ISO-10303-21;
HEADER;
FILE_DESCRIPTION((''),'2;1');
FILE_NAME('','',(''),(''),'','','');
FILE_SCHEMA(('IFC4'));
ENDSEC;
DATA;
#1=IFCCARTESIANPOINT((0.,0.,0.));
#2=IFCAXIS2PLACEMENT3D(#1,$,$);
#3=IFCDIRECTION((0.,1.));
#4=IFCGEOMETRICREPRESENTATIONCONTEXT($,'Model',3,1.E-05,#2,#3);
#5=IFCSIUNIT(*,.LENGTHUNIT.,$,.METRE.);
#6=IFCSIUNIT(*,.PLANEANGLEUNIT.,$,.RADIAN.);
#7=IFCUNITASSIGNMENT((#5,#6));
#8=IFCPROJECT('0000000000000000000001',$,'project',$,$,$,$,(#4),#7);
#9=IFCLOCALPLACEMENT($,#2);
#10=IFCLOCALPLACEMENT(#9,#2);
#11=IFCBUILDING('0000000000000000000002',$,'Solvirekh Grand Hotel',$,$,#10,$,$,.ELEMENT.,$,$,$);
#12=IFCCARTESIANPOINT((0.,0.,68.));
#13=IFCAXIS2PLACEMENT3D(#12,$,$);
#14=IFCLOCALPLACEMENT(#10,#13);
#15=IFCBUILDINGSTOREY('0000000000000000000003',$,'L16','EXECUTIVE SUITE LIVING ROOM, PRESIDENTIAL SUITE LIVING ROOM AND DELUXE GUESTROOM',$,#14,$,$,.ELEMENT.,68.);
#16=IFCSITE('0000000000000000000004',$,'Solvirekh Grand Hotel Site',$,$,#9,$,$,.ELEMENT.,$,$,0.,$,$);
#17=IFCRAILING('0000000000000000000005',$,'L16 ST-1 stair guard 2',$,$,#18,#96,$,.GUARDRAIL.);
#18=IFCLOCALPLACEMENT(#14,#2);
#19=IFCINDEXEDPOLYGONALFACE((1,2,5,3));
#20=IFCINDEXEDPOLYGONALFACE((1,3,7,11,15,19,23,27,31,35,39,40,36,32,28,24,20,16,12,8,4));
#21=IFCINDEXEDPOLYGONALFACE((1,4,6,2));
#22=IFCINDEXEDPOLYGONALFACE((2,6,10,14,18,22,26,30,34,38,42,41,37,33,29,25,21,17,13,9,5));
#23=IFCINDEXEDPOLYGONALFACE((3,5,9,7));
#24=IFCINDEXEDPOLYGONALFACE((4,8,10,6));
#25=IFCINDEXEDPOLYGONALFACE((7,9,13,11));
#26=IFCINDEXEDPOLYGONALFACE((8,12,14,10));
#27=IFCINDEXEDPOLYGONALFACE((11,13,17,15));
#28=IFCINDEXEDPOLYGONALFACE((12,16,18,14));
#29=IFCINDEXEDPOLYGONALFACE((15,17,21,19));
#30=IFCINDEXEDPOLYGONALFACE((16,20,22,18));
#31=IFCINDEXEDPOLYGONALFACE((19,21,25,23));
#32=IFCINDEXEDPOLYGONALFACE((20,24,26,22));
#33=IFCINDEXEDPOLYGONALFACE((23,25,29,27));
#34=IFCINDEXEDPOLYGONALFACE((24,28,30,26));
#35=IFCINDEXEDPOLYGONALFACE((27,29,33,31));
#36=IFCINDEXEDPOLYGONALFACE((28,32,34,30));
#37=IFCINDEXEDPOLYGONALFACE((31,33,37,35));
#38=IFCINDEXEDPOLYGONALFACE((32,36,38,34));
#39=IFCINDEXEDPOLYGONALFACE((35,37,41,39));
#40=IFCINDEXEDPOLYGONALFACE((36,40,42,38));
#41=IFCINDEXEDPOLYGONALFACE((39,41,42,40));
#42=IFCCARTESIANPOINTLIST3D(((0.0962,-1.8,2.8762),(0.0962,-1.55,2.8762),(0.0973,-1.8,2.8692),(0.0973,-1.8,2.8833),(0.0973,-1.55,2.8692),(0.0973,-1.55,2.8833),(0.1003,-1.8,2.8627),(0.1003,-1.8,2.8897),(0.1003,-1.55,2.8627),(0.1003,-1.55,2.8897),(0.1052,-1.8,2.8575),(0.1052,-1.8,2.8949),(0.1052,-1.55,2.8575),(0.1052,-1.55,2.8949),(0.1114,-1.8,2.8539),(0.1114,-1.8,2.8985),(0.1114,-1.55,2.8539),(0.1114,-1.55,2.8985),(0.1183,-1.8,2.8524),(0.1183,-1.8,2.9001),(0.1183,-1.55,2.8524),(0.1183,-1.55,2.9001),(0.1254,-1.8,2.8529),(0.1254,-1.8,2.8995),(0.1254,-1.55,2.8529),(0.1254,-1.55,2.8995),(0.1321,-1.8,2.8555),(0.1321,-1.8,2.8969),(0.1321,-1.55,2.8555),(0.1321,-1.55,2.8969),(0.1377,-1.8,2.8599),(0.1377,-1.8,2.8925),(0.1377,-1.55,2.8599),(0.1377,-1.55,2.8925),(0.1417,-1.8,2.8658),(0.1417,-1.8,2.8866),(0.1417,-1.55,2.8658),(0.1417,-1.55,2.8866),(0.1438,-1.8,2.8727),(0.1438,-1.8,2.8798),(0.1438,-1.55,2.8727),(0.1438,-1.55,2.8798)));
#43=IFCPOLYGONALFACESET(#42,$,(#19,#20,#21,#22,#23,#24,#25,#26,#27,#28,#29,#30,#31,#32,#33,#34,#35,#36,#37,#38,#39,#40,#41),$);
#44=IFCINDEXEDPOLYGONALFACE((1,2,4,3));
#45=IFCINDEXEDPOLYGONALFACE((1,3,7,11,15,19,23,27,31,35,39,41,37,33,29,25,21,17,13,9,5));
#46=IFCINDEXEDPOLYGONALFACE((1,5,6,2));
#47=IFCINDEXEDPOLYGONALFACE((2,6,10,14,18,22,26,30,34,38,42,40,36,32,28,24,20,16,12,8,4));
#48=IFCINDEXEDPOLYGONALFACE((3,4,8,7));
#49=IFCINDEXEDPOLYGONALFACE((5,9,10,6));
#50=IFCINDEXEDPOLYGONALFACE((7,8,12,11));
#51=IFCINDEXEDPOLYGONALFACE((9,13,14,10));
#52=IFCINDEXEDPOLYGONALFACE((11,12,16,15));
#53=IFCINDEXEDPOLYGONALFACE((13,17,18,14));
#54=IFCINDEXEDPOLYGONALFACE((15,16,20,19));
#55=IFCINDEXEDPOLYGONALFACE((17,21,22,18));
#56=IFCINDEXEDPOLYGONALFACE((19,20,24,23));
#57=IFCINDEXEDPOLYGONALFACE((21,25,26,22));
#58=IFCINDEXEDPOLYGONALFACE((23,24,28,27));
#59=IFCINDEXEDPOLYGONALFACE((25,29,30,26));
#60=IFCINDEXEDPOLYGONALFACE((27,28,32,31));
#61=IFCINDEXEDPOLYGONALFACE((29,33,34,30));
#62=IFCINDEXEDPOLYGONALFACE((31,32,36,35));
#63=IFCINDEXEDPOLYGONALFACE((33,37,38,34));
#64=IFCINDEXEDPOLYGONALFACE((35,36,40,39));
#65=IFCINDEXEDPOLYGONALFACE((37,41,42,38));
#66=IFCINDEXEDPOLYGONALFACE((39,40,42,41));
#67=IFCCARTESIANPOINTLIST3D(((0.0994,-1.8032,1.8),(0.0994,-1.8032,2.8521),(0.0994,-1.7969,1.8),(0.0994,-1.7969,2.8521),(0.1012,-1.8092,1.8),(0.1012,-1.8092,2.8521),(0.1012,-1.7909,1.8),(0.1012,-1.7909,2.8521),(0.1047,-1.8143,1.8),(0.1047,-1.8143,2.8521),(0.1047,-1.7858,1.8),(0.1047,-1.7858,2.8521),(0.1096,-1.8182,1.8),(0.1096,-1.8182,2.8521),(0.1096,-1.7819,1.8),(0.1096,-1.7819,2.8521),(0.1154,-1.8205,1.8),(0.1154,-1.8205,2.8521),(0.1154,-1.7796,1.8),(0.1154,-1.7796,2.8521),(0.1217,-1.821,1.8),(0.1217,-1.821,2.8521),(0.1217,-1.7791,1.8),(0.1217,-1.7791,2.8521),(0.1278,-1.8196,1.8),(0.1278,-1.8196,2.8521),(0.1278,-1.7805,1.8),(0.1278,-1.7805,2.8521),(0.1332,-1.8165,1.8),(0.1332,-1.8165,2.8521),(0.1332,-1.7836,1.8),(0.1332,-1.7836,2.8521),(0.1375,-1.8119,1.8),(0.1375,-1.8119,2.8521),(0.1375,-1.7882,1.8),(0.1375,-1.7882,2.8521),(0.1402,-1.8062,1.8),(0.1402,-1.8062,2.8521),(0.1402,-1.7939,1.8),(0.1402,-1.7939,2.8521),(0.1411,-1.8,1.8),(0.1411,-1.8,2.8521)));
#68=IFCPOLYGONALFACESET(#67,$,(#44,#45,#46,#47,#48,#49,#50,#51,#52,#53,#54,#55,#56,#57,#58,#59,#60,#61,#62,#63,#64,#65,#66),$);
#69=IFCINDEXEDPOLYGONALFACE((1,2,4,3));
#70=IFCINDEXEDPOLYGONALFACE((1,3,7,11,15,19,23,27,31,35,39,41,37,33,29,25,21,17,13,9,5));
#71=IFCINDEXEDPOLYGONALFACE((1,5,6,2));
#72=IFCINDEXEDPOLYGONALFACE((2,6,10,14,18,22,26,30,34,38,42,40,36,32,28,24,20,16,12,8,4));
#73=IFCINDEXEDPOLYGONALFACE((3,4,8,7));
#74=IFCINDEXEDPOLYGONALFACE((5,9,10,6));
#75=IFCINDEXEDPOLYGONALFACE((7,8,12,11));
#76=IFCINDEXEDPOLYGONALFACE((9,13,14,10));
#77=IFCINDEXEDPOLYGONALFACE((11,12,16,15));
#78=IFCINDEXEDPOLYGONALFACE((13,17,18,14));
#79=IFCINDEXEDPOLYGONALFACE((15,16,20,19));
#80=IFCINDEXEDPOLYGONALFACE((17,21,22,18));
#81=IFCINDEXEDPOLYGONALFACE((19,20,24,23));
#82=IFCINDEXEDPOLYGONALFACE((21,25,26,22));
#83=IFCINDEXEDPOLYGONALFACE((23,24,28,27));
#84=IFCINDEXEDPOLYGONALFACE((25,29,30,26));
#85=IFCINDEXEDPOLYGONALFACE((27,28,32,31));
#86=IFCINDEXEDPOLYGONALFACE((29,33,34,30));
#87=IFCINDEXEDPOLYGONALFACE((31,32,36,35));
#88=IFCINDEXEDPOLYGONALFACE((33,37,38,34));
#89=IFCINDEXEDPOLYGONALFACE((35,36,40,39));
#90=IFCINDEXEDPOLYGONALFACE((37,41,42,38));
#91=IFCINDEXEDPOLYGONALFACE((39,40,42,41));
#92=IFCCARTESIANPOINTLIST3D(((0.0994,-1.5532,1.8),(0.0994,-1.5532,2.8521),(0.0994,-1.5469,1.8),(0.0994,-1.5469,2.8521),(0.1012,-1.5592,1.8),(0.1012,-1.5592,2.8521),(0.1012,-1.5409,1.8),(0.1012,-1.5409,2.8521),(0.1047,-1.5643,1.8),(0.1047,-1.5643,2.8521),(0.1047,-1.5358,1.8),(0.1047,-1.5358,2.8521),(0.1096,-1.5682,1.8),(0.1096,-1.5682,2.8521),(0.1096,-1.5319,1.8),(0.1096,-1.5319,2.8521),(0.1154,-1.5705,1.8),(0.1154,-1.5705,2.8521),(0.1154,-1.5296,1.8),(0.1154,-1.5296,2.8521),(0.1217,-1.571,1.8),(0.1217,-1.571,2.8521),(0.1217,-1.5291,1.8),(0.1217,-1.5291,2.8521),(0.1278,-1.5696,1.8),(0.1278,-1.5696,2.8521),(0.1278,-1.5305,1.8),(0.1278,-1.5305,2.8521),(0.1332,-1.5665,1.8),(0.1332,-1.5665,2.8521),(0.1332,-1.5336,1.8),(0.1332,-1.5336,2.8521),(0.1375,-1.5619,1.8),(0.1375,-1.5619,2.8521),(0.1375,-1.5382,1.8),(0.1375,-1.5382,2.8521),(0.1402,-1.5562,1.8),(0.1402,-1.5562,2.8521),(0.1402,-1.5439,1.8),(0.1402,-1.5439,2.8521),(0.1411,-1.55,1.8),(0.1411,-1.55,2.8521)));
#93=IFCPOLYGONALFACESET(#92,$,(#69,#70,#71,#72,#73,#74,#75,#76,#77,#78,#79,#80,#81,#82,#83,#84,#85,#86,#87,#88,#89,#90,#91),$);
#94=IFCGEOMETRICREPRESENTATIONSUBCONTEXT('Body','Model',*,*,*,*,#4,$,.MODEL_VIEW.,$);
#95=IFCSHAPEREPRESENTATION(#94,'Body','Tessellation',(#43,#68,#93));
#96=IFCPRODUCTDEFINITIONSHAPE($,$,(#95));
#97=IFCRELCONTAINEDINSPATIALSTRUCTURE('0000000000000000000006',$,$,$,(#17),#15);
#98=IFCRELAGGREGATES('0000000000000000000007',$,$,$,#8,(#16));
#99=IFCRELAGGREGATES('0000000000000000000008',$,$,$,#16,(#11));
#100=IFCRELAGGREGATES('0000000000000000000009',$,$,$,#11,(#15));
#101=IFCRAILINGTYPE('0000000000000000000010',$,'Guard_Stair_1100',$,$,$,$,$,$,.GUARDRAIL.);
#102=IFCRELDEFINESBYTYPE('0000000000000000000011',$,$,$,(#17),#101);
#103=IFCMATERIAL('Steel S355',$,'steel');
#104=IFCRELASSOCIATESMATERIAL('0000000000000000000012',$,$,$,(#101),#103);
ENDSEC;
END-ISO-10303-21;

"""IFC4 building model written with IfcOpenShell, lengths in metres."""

from ifc_helpers import new_model, si_unit, direction, frame, origin, origin_2d, place, context, subcontext, project, spatial, circle, extrude, material, type_object, element, save


model = new_model("IFC4")

# Units and contexts
model_context = context("Model", 3, precision=1e-05, world=origin(), true_north=direction((0.0, 1.0)))
body_context = subcontext(model_context, "Body", "Model", "MODEL_VIEW")
ifc_project = project(units=[si_unit("LENGTHUNIT", "METRE"), si_unit("PLANEANGLEUNIT", "RADIAN")], contexts=[model_context])

# Site, building, storey
site_placement = place(None, origin())
site = spatial("IfcSite", under=ifc_project, at=site_placement, Name="Solvirekh Grand Hotel Site", CompositionType="ELEMENT", RefElevation=0.0)
building_placement = place(site_placement, origin())
building = spatial("IfcBuilding", under=site, at=building_placement, Name="Solvirekh Grand Hotel", CompositionType="ELEMENT")
storey_placement = place(building_placement, frame((0.0, 0.0, 68.0)))
storey = spatial("IfcBuildingStorey", under=building, at=storey_placement, Name="L16", Description="EXECUTIVE SUITE LIVING ROOM, PRESIDENTIAL SUITE LIVING ROOM AND DELUXE GUESTROOM", CompositionType="ELEMENT", Elevation=68.0)

# Shared definitions
ifc_material_1 = material(Name="Steel S355", Category="steel")

# Railing
railing_type_1 = type_object("IfcRailingType", Name="Guard_Stair_1100", PredefinedType="GUARDRAIL", material=ifc_material_1)
railing_1_placement = place(storey_placement, frame((0.1201, -1.8, 1.8)))
element("IfcRailing", 1, at=railing_1_placement, inside=storey, type_object=railing_type_1, Name="L16 ST-1 stair guard 2", PredefinedType="GUARDRAIL", context=body_context, shape_type="SweptSolid", body=[
    extrude(circle(Radius=0.0239, at=origin_2d()), frame((0.0, 0.0, 1.0762), z_axis=(0.0, 1.0, 0.0), x_axis=(-1.0, 0.0, 0.0)), (0.0, 0.0, 1.0), 0.25),
    extrude(circle(Radius=0.021, at=origin_2d()), origin(), (0.0, 0.0, 1.0), 1.052),
    extrude(circle(Radius=0.021, at=origin_2d()), frame((0.0, 0.25, 0.0)), (0.0, 0.0, 1.0), 1.052),
])

save(model, "model.ifc")
